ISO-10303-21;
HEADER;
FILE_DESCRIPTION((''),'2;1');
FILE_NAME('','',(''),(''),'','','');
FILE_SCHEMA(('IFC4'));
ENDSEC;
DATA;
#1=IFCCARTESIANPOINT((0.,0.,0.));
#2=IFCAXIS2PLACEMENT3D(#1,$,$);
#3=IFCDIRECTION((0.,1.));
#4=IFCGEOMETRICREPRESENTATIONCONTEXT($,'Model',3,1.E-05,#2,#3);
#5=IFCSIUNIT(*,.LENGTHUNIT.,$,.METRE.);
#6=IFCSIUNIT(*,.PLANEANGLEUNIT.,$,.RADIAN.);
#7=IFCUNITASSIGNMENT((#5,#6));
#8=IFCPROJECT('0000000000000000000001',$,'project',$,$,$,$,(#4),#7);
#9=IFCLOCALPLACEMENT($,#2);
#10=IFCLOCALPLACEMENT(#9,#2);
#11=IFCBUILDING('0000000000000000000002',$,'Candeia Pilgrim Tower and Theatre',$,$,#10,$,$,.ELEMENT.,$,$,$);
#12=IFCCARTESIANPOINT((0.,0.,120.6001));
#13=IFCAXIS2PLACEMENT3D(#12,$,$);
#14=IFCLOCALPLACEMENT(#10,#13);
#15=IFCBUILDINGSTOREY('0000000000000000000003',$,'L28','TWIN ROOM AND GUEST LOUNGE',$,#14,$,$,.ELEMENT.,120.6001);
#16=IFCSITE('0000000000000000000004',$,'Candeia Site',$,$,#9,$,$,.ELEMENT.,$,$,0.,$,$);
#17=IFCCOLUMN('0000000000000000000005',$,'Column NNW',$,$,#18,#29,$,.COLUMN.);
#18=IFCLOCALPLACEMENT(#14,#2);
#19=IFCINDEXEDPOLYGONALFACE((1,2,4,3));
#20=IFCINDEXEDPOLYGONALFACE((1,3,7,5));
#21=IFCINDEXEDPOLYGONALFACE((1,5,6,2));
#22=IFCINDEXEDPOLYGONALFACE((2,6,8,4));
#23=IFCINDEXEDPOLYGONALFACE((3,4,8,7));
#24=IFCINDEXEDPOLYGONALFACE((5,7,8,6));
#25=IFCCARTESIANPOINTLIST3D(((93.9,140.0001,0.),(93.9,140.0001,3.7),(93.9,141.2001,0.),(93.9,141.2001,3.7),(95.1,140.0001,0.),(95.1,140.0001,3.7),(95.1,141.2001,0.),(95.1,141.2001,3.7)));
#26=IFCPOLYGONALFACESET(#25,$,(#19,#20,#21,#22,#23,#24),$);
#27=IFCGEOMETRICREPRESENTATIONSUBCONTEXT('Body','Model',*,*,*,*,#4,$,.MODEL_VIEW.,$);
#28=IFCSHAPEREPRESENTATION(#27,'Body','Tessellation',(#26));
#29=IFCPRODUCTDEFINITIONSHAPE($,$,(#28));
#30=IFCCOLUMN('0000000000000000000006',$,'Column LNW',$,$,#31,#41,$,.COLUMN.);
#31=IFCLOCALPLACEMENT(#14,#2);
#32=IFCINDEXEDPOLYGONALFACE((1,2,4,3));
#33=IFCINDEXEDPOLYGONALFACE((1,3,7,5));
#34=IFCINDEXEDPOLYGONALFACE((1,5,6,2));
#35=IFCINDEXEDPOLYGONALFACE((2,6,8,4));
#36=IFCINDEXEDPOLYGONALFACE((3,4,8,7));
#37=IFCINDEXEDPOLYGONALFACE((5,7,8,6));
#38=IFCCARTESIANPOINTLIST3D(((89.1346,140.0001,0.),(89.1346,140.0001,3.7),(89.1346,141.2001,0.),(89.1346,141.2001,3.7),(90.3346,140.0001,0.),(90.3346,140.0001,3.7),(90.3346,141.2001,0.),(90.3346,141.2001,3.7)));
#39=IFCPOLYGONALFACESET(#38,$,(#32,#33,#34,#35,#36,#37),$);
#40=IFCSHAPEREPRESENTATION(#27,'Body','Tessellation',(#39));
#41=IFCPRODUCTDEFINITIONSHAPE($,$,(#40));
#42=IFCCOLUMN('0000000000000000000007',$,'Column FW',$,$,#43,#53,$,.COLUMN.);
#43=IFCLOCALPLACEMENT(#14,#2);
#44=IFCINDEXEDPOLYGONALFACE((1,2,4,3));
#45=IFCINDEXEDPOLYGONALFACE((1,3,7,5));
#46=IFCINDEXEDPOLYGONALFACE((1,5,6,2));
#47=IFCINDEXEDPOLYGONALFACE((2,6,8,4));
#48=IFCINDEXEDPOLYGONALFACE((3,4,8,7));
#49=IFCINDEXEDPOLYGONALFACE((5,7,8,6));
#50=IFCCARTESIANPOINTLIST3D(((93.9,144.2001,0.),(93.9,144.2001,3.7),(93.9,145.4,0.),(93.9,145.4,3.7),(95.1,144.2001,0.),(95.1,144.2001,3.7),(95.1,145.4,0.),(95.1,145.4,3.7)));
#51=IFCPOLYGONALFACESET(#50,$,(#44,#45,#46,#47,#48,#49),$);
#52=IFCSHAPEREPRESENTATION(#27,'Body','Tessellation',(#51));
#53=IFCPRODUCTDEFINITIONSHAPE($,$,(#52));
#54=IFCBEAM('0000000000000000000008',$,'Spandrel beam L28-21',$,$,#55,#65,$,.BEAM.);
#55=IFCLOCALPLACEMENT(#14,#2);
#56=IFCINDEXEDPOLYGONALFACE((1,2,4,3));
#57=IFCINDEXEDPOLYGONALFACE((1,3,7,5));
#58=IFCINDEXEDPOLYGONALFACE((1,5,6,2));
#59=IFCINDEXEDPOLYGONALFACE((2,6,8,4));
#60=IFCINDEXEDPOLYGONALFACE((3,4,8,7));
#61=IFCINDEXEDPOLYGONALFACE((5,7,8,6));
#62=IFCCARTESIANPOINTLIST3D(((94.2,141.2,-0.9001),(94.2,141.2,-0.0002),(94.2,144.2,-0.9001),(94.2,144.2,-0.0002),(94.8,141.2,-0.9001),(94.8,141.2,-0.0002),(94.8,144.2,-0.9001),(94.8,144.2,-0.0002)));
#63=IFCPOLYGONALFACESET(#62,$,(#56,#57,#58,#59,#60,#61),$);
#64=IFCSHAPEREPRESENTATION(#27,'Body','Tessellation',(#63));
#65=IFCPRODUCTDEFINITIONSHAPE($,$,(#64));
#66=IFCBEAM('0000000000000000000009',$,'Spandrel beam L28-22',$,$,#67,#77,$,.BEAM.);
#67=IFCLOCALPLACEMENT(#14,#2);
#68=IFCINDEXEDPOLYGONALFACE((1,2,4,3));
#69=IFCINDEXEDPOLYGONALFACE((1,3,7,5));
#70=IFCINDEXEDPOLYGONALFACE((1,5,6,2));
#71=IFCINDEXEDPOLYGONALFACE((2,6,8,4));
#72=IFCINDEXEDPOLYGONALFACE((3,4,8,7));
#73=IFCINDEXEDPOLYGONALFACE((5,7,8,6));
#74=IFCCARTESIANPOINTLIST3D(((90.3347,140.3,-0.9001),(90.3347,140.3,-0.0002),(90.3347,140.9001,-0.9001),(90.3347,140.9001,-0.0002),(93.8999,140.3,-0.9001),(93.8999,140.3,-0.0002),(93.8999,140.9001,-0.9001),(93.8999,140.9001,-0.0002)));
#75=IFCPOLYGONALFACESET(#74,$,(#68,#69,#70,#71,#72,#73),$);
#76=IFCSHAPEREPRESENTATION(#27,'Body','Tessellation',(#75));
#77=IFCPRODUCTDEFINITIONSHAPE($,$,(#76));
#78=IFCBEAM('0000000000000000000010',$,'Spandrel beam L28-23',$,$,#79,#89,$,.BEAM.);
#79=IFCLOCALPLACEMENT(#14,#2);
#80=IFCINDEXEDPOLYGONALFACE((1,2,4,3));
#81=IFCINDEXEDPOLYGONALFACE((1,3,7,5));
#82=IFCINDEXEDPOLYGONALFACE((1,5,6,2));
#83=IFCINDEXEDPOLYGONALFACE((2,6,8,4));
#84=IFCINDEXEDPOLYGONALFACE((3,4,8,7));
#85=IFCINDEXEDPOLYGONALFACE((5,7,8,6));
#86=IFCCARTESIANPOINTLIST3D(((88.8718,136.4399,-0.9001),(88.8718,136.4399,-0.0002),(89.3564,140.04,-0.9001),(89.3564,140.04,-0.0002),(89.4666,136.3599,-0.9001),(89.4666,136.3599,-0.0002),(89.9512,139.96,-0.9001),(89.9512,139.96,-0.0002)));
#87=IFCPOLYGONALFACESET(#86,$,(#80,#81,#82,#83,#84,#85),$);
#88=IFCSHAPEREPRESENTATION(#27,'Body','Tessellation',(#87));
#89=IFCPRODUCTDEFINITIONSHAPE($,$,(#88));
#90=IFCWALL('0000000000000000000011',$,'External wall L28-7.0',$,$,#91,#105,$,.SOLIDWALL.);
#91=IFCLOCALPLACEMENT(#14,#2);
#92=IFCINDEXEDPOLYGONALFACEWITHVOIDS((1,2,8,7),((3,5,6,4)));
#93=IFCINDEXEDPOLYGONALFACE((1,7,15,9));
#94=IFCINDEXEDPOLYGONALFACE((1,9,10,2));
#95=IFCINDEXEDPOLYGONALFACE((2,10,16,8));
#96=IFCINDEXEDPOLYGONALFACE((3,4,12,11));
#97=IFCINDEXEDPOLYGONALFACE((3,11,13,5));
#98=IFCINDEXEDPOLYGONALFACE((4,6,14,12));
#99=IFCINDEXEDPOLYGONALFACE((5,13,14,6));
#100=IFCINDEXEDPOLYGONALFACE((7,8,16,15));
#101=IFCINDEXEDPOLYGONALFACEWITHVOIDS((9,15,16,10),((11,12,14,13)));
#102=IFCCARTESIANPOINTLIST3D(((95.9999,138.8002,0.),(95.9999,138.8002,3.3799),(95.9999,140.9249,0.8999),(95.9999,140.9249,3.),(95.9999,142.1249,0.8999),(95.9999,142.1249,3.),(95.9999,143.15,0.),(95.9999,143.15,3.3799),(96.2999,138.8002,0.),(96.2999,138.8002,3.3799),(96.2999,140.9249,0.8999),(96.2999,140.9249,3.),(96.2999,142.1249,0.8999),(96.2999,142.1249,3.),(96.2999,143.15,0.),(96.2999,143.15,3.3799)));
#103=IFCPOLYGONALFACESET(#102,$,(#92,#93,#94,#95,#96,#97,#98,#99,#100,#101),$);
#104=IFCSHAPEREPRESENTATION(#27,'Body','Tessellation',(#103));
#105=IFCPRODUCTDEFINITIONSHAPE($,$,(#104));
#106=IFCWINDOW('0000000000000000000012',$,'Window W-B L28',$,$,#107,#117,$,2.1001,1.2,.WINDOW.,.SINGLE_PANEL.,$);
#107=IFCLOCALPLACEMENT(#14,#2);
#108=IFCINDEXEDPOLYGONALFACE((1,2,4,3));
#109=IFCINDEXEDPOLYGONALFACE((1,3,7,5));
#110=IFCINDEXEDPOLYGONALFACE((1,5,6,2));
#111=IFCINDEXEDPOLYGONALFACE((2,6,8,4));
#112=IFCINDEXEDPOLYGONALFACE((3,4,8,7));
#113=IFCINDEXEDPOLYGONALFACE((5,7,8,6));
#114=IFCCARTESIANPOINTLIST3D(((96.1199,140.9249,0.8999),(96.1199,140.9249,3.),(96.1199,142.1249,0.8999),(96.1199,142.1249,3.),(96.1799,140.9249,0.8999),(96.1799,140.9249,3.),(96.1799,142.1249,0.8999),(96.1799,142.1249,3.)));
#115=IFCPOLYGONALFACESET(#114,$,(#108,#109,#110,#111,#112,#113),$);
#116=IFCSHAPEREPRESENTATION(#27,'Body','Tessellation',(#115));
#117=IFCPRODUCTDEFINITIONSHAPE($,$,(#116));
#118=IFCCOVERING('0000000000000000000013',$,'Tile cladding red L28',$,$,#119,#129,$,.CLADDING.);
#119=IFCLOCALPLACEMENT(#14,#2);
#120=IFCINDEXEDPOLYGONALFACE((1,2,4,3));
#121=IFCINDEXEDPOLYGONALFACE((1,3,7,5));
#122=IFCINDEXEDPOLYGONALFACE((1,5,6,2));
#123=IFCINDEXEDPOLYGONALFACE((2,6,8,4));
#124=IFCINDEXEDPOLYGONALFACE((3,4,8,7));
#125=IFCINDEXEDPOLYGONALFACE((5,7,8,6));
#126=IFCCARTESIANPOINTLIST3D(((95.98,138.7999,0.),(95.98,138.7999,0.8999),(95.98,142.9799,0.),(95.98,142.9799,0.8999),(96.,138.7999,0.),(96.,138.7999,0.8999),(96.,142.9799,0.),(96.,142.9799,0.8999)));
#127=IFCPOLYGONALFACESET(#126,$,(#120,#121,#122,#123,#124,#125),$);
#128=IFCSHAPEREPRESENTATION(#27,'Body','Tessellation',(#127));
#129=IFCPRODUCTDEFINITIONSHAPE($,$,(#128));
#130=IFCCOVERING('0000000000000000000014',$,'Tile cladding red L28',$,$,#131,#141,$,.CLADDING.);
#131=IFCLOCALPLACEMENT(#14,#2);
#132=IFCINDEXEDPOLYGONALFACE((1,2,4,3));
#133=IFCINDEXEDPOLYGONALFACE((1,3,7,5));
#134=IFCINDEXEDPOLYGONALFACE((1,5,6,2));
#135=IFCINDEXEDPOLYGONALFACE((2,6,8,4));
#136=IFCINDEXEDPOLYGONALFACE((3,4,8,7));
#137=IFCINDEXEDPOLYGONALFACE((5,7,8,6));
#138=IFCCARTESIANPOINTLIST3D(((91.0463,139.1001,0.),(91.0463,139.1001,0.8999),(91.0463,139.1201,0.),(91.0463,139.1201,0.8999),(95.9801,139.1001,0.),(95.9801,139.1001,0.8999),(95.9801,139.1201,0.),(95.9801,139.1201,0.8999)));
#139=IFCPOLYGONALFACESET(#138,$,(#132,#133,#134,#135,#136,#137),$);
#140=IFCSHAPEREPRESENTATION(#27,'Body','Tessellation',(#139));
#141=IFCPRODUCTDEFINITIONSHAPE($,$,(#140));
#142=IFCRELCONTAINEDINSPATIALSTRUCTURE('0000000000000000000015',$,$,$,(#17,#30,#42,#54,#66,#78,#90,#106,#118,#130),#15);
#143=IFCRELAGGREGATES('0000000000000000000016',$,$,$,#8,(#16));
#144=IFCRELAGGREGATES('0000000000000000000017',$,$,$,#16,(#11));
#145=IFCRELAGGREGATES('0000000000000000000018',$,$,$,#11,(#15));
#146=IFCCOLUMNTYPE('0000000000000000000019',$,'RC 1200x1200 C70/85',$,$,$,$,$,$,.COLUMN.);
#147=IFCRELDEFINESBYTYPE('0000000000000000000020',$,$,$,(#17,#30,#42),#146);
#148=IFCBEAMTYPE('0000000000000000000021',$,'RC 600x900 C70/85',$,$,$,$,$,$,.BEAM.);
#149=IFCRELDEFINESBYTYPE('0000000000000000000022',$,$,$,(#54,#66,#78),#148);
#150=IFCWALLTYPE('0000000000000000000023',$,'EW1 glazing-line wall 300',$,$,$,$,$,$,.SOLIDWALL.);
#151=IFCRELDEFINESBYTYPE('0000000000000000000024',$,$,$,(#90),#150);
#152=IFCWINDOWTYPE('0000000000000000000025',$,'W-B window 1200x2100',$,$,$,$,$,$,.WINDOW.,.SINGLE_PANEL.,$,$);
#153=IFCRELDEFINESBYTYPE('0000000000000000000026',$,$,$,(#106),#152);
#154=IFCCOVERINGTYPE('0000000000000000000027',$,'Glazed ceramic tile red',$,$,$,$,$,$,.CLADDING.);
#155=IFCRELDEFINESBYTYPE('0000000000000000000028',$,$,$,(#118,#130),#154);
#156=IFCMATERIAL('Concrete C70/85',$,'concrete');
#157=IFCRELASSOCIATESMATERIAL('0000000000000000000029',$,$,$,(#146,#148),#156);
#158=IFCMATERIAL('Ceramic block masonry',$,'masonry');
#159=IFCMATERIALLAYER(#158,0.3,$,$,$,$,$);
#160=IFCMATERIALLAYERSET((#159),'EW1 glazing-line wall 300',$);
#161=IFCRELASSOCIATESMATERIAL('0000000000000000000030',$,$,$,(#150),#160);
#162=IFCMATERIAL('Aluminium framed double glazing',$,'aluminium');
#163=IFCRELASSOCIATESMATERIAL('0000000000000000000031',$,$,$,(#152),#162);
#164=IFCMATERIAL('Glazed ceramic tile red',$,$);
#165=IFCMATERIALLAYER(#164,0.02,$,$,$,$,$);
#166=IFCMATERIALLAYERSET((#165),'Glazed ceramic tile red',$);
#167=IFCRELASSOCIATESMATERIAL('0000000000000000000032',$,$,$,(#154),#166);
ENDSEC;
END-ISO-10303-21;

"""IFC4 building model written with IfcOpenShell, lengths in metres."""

from ifc_helpers import new_model, si_unit, direction, frame, frame_2d, origin, origin_2d, place, context, subcontext, project, spatial, rectangle, extrude, material, layer, layer_set, material_profile, profile_set, type_object, element, fill, save


model = new_model("IFC4")

# Units and contexts
model_context = context("Model", 3, precision=1e-05, world=origin(), true_north=direction((0.0, 1.0)))
body_context = subcontext(model_context, "Body", "Model", "MODEL_VIEW")
ifc_project = project(units=[si_unit("LENGTHUNIT", "METRE"), si_unit("PLANEANGLEUNIT", "RADIAN")], contexts=[model_context])

# Site, building, storey
site_placement = place(None, origin())
site = spatial("IfcSite", under=ifc_project, at=site_placement, Name="Candeia Site", CompositionType="ELEMENT", RefElevation=0.0)
building_placement = place(site_placement, origin())
building = spatial("IfcBuilding", under=site, at=building_placement, Name="Candeia Pilgrim Tower and Theatre", CompositionType="ELEMENT")
storey_placement = place(building_placement, frame((0.0, 0.0, 120.6001)))
storey = spatial("IfcBuildingStorey", under=building, at=storey_placement, Name="L28", Description="TWIN ROOM AND GUEST LOUNGE", CompositionType="ELEMENT", Elevation=120.6001)

# Columns
ifc_material_1 = material(Name="Concrete C70/85", Category="concrete")
ifc_material_profile_1 = material_profile(ifc_material_1, rectangle(XDim=1.2, YDim=1.2, at=origin_2d()))
ifc_profile_set_1 = profile_set([ifc_material_profile_1], Name="Concrete C70/85")
column_type = type_object("IfcColumnType", Name="RC 1200x1200 C70/85", PredefinedType="COLUMN", material=ifc_profile_set_1)
for number, where, z_axis, x_axis, name in (
    (1, (94.5, 140.6001, 0.0), (0.0, 0.0, 1.0), (1.0, 0.0, 0.0), "Column NNW"),
    (2, (89.7346, 140.6001, 0.0), (0.0, 0.0, 1.0), (1.0, 0.0, 0.0), "Column LNW"),
    (3, (94.5, 144.8, 0.0), (0.0, 0.0, 1.0), (1.0, 0.0, 0.0), "Column FW"),
):
    element("IfcColumn", number, at=place(storey_placement, frame(where, z_axis=z_axis, x_axis=x_axis)), inside=storey, type_object=column_type, Name=name, PredefinedType="COLUMN", context=body_context, shape_type="SweptSolid", body=[
        extrude(rectangle(XDim=1.2, YDim=1.2, at=origin_2d()), origin(), (0.0, 0.0, 1.0), 3.7),
    ])

# Beams
ifc_material_profile_2 = material_profile(ifc_material_1, rectangle(XDim=0.6001, YDim=0.8999, at=origin_2d()))
ifc_profile_set_2 = profile_set([ifc_material_profile_2], Name="Concrete C70/85")
beam_type = type_object("IfcBeamType", Name="RC 600x900 C70/85", PredefinedType="BEAM", material=ifc_profile_set_2)
beam_1_placement = place(storey_placement, frame((94.5, 144.2, -0.4502), z_axis=(0.0, -1.0, 0.0), x_axis=(1.0, 0.0, 0.0)))
element("IfcBeam", 4, at=beam_1_placement, inside=storey, type_object=beam_type, Name="Spandrel beam L28-21", PredefinedType="BEAM", context=body_context, shape_type="SweptSolid", body=[
    extrude(rectangle(XDim=0.6001, YDim=0.8999, at=origin_2d()), origin(), (0.0, 0.0, 1.0), 3.0),
])
beam_2_placement = place(storey_placement, frame((93.8999, 140.6001, -0.4502), z_axis=(-1.0, 0.0, 0.0), x_axis=(0.0, -1.0, 0.0)))
element("IfcBeam", 5, at=beam_2_placement, inside=storey, type_object=beam_type, Name="Spandrel beam L28-22", PredefinedType="BEAM", context=body_context, shape_type="SweptSolid", body=[
    extrude(rectangle(XDim=0.6001, YDim=0.8999, at=origin_2d()), origin(), (0.0, 0.0, 1.0), 3.5652),
])
beam_3_placement = place(storey_placement, frame((89.6538, 140.0, -0.4502), z_axis=(-0.133409, -0.991061, 0.0), x_axis=(0.991061, -0.133409, 0.0)))
element("IfcBeam", 6, at=beam_3_placement, inside=storey, type_object=beam_type, Name="Spandrel beam L28-23", PredefinedType="BEAM", context=body_context, shape_type="SweptSolid", body=[
    extrude(rectangle(XDim=0.6001, YDim=0.8999, at=origin_2d()), origin(), (0.0, 0.0, 1.0), 3.6326),
])

# Wall, opening, window
ifc_material_2 = material(Name="Ceramic block masonry", Category="masonry")
ifc_layer_1 = layer(ifc_material_2, 0.3)
ifc_layer_set_1 = layer_set([ifc_layer_1], Name="EW1 glazing-line wall 300")
wall_type = type_object("IfcWallType", Name="EW1 glazing-line wall 300", PredefinedType="SOLIDWALL", material=ifc_layer_set_1)
wall_placement = place(storey_placement, frame((96.1499, 143.1499, 0.0), z_axis=(0.0, 0.0, 1.0), x_axis=(0.0, -1.0, 0.0)))
wall = element("IfcWall", 7, at=wall_placement, inside=storey, type_object=wall_type, Name="External wall L28-7.0", PredefinedType="SOLIDWALL", context=body_context, shape_type="SweptSolid", body=[
    extrude(rectangle(XDim=4.3499, YDim=0.3, at=frame_2d((2.1748, 0.0))), origin(), (0.0, 0.0, 1.0), 3.3799),
])
opening_placement = place(wall_placement, frame((1.0249, 0.0, 0.8999)))
opening = element("IfcOpeningElement", 8, at=opening_placement, cuts=wall, PredefinedType="OPENING", context=body_context, shape_type="SweptSolid", body=[
    extrude(rectangle(XDim=1.2, YDim=2.1001, at=frame_2d((0.6001, 1.05))), frame((0.0, 0.1602, 0.0), z_axis=(0.0, -1.0, 0.0), x_axis=(1.0, 0.0, 0.0)), (0.0, 0.0, 1.0), 0.3201),
])
ifc_material_3 = material(Name="Aluminium framed double glazing", Category="aluminium")
window_type = type_object("IfcWindowType", Name="W-B window 1200x2100", PartitioningType="SINGLE_PANEL", PredefinedType="WINDOW", material=ifc_material_3)
window_placement = place(opening_placement, origin())
window = element("IfcWindow", 9, at=window_placement, inside=storey, type_object=window_type, Name="Window W-B L28", OverallHeight=2.1001, OverallWidth=1.2, PartitioningType="SINGLE_PANEL", PredefinedType="WINDOW", context=body_context, shape_type="SweptSolid", body=[
    extrude(rectangle(XDim=1.2, YDim=2.1001, at=frame_2d((0.6001, 1.05))), frame((0.0, 0.03, 0.0), z_axis=(0.0, -1.0, 0.0), x_axis=(1.0, 0.0, 0.0)), (0.0, 0.0, 1.0), 0.0601),
])
fill(opening, window)

# Coverings
ifc_material_4 = material(Name="Glazed ceramic tile red")
ifc_layer_2 = layer(ifc_material_4, 0.02)
ifc_layer_set_2 = layer_set([ifc_layer_2], Name="Glazed ceramic tile red")
covering_type = type_object("IfcCoveringType", Name="Glazed ceramic tile red", PredefinedType="CLADDING", material=ifc_layer_set_2)
covering_1_placement = place(storey_placement, frame((95.99, 140.8899, 0.0), z_axis=(0.0, 0.0, 1.0), x_axis=(0.0, -1.0, 0.0)))
element("IfcCovering", 10, at=covering_1_placement, inside=storey, type_object=covering_type, Name="Tile cladding red L28", PredefinedType="CLADDING", context=body_context, shape_type="SweptSolid", body=[
    extrude(rectangle(XDim=4.1799, YDim=0.02, at=origin_2d()), origin(), (0.0, 0.0, 1.0), 0.8999),
])
covering_2_placement = place(storey_placement, frame((93.5132, 139.1101, 0.0), z_axis=(0.0, 0.0, 1.0), x_axis=(-1.0, 0.0, 0.0)))
element("IfcCovering", 11, at=covering_2_placement, inside=storey, type_object=covering_type, Name="Tile cladding red L28", PredefinedType="CLADDING", context=body_context, shape_type="SweptSolid", body=[
    extrude(rectangle(XDim=4.9338, YDim=0.02, at=origin_2d()), origin(), (0.0, 0.0, 1.0), 0.8999),
])

save(model, "model.ifc")
